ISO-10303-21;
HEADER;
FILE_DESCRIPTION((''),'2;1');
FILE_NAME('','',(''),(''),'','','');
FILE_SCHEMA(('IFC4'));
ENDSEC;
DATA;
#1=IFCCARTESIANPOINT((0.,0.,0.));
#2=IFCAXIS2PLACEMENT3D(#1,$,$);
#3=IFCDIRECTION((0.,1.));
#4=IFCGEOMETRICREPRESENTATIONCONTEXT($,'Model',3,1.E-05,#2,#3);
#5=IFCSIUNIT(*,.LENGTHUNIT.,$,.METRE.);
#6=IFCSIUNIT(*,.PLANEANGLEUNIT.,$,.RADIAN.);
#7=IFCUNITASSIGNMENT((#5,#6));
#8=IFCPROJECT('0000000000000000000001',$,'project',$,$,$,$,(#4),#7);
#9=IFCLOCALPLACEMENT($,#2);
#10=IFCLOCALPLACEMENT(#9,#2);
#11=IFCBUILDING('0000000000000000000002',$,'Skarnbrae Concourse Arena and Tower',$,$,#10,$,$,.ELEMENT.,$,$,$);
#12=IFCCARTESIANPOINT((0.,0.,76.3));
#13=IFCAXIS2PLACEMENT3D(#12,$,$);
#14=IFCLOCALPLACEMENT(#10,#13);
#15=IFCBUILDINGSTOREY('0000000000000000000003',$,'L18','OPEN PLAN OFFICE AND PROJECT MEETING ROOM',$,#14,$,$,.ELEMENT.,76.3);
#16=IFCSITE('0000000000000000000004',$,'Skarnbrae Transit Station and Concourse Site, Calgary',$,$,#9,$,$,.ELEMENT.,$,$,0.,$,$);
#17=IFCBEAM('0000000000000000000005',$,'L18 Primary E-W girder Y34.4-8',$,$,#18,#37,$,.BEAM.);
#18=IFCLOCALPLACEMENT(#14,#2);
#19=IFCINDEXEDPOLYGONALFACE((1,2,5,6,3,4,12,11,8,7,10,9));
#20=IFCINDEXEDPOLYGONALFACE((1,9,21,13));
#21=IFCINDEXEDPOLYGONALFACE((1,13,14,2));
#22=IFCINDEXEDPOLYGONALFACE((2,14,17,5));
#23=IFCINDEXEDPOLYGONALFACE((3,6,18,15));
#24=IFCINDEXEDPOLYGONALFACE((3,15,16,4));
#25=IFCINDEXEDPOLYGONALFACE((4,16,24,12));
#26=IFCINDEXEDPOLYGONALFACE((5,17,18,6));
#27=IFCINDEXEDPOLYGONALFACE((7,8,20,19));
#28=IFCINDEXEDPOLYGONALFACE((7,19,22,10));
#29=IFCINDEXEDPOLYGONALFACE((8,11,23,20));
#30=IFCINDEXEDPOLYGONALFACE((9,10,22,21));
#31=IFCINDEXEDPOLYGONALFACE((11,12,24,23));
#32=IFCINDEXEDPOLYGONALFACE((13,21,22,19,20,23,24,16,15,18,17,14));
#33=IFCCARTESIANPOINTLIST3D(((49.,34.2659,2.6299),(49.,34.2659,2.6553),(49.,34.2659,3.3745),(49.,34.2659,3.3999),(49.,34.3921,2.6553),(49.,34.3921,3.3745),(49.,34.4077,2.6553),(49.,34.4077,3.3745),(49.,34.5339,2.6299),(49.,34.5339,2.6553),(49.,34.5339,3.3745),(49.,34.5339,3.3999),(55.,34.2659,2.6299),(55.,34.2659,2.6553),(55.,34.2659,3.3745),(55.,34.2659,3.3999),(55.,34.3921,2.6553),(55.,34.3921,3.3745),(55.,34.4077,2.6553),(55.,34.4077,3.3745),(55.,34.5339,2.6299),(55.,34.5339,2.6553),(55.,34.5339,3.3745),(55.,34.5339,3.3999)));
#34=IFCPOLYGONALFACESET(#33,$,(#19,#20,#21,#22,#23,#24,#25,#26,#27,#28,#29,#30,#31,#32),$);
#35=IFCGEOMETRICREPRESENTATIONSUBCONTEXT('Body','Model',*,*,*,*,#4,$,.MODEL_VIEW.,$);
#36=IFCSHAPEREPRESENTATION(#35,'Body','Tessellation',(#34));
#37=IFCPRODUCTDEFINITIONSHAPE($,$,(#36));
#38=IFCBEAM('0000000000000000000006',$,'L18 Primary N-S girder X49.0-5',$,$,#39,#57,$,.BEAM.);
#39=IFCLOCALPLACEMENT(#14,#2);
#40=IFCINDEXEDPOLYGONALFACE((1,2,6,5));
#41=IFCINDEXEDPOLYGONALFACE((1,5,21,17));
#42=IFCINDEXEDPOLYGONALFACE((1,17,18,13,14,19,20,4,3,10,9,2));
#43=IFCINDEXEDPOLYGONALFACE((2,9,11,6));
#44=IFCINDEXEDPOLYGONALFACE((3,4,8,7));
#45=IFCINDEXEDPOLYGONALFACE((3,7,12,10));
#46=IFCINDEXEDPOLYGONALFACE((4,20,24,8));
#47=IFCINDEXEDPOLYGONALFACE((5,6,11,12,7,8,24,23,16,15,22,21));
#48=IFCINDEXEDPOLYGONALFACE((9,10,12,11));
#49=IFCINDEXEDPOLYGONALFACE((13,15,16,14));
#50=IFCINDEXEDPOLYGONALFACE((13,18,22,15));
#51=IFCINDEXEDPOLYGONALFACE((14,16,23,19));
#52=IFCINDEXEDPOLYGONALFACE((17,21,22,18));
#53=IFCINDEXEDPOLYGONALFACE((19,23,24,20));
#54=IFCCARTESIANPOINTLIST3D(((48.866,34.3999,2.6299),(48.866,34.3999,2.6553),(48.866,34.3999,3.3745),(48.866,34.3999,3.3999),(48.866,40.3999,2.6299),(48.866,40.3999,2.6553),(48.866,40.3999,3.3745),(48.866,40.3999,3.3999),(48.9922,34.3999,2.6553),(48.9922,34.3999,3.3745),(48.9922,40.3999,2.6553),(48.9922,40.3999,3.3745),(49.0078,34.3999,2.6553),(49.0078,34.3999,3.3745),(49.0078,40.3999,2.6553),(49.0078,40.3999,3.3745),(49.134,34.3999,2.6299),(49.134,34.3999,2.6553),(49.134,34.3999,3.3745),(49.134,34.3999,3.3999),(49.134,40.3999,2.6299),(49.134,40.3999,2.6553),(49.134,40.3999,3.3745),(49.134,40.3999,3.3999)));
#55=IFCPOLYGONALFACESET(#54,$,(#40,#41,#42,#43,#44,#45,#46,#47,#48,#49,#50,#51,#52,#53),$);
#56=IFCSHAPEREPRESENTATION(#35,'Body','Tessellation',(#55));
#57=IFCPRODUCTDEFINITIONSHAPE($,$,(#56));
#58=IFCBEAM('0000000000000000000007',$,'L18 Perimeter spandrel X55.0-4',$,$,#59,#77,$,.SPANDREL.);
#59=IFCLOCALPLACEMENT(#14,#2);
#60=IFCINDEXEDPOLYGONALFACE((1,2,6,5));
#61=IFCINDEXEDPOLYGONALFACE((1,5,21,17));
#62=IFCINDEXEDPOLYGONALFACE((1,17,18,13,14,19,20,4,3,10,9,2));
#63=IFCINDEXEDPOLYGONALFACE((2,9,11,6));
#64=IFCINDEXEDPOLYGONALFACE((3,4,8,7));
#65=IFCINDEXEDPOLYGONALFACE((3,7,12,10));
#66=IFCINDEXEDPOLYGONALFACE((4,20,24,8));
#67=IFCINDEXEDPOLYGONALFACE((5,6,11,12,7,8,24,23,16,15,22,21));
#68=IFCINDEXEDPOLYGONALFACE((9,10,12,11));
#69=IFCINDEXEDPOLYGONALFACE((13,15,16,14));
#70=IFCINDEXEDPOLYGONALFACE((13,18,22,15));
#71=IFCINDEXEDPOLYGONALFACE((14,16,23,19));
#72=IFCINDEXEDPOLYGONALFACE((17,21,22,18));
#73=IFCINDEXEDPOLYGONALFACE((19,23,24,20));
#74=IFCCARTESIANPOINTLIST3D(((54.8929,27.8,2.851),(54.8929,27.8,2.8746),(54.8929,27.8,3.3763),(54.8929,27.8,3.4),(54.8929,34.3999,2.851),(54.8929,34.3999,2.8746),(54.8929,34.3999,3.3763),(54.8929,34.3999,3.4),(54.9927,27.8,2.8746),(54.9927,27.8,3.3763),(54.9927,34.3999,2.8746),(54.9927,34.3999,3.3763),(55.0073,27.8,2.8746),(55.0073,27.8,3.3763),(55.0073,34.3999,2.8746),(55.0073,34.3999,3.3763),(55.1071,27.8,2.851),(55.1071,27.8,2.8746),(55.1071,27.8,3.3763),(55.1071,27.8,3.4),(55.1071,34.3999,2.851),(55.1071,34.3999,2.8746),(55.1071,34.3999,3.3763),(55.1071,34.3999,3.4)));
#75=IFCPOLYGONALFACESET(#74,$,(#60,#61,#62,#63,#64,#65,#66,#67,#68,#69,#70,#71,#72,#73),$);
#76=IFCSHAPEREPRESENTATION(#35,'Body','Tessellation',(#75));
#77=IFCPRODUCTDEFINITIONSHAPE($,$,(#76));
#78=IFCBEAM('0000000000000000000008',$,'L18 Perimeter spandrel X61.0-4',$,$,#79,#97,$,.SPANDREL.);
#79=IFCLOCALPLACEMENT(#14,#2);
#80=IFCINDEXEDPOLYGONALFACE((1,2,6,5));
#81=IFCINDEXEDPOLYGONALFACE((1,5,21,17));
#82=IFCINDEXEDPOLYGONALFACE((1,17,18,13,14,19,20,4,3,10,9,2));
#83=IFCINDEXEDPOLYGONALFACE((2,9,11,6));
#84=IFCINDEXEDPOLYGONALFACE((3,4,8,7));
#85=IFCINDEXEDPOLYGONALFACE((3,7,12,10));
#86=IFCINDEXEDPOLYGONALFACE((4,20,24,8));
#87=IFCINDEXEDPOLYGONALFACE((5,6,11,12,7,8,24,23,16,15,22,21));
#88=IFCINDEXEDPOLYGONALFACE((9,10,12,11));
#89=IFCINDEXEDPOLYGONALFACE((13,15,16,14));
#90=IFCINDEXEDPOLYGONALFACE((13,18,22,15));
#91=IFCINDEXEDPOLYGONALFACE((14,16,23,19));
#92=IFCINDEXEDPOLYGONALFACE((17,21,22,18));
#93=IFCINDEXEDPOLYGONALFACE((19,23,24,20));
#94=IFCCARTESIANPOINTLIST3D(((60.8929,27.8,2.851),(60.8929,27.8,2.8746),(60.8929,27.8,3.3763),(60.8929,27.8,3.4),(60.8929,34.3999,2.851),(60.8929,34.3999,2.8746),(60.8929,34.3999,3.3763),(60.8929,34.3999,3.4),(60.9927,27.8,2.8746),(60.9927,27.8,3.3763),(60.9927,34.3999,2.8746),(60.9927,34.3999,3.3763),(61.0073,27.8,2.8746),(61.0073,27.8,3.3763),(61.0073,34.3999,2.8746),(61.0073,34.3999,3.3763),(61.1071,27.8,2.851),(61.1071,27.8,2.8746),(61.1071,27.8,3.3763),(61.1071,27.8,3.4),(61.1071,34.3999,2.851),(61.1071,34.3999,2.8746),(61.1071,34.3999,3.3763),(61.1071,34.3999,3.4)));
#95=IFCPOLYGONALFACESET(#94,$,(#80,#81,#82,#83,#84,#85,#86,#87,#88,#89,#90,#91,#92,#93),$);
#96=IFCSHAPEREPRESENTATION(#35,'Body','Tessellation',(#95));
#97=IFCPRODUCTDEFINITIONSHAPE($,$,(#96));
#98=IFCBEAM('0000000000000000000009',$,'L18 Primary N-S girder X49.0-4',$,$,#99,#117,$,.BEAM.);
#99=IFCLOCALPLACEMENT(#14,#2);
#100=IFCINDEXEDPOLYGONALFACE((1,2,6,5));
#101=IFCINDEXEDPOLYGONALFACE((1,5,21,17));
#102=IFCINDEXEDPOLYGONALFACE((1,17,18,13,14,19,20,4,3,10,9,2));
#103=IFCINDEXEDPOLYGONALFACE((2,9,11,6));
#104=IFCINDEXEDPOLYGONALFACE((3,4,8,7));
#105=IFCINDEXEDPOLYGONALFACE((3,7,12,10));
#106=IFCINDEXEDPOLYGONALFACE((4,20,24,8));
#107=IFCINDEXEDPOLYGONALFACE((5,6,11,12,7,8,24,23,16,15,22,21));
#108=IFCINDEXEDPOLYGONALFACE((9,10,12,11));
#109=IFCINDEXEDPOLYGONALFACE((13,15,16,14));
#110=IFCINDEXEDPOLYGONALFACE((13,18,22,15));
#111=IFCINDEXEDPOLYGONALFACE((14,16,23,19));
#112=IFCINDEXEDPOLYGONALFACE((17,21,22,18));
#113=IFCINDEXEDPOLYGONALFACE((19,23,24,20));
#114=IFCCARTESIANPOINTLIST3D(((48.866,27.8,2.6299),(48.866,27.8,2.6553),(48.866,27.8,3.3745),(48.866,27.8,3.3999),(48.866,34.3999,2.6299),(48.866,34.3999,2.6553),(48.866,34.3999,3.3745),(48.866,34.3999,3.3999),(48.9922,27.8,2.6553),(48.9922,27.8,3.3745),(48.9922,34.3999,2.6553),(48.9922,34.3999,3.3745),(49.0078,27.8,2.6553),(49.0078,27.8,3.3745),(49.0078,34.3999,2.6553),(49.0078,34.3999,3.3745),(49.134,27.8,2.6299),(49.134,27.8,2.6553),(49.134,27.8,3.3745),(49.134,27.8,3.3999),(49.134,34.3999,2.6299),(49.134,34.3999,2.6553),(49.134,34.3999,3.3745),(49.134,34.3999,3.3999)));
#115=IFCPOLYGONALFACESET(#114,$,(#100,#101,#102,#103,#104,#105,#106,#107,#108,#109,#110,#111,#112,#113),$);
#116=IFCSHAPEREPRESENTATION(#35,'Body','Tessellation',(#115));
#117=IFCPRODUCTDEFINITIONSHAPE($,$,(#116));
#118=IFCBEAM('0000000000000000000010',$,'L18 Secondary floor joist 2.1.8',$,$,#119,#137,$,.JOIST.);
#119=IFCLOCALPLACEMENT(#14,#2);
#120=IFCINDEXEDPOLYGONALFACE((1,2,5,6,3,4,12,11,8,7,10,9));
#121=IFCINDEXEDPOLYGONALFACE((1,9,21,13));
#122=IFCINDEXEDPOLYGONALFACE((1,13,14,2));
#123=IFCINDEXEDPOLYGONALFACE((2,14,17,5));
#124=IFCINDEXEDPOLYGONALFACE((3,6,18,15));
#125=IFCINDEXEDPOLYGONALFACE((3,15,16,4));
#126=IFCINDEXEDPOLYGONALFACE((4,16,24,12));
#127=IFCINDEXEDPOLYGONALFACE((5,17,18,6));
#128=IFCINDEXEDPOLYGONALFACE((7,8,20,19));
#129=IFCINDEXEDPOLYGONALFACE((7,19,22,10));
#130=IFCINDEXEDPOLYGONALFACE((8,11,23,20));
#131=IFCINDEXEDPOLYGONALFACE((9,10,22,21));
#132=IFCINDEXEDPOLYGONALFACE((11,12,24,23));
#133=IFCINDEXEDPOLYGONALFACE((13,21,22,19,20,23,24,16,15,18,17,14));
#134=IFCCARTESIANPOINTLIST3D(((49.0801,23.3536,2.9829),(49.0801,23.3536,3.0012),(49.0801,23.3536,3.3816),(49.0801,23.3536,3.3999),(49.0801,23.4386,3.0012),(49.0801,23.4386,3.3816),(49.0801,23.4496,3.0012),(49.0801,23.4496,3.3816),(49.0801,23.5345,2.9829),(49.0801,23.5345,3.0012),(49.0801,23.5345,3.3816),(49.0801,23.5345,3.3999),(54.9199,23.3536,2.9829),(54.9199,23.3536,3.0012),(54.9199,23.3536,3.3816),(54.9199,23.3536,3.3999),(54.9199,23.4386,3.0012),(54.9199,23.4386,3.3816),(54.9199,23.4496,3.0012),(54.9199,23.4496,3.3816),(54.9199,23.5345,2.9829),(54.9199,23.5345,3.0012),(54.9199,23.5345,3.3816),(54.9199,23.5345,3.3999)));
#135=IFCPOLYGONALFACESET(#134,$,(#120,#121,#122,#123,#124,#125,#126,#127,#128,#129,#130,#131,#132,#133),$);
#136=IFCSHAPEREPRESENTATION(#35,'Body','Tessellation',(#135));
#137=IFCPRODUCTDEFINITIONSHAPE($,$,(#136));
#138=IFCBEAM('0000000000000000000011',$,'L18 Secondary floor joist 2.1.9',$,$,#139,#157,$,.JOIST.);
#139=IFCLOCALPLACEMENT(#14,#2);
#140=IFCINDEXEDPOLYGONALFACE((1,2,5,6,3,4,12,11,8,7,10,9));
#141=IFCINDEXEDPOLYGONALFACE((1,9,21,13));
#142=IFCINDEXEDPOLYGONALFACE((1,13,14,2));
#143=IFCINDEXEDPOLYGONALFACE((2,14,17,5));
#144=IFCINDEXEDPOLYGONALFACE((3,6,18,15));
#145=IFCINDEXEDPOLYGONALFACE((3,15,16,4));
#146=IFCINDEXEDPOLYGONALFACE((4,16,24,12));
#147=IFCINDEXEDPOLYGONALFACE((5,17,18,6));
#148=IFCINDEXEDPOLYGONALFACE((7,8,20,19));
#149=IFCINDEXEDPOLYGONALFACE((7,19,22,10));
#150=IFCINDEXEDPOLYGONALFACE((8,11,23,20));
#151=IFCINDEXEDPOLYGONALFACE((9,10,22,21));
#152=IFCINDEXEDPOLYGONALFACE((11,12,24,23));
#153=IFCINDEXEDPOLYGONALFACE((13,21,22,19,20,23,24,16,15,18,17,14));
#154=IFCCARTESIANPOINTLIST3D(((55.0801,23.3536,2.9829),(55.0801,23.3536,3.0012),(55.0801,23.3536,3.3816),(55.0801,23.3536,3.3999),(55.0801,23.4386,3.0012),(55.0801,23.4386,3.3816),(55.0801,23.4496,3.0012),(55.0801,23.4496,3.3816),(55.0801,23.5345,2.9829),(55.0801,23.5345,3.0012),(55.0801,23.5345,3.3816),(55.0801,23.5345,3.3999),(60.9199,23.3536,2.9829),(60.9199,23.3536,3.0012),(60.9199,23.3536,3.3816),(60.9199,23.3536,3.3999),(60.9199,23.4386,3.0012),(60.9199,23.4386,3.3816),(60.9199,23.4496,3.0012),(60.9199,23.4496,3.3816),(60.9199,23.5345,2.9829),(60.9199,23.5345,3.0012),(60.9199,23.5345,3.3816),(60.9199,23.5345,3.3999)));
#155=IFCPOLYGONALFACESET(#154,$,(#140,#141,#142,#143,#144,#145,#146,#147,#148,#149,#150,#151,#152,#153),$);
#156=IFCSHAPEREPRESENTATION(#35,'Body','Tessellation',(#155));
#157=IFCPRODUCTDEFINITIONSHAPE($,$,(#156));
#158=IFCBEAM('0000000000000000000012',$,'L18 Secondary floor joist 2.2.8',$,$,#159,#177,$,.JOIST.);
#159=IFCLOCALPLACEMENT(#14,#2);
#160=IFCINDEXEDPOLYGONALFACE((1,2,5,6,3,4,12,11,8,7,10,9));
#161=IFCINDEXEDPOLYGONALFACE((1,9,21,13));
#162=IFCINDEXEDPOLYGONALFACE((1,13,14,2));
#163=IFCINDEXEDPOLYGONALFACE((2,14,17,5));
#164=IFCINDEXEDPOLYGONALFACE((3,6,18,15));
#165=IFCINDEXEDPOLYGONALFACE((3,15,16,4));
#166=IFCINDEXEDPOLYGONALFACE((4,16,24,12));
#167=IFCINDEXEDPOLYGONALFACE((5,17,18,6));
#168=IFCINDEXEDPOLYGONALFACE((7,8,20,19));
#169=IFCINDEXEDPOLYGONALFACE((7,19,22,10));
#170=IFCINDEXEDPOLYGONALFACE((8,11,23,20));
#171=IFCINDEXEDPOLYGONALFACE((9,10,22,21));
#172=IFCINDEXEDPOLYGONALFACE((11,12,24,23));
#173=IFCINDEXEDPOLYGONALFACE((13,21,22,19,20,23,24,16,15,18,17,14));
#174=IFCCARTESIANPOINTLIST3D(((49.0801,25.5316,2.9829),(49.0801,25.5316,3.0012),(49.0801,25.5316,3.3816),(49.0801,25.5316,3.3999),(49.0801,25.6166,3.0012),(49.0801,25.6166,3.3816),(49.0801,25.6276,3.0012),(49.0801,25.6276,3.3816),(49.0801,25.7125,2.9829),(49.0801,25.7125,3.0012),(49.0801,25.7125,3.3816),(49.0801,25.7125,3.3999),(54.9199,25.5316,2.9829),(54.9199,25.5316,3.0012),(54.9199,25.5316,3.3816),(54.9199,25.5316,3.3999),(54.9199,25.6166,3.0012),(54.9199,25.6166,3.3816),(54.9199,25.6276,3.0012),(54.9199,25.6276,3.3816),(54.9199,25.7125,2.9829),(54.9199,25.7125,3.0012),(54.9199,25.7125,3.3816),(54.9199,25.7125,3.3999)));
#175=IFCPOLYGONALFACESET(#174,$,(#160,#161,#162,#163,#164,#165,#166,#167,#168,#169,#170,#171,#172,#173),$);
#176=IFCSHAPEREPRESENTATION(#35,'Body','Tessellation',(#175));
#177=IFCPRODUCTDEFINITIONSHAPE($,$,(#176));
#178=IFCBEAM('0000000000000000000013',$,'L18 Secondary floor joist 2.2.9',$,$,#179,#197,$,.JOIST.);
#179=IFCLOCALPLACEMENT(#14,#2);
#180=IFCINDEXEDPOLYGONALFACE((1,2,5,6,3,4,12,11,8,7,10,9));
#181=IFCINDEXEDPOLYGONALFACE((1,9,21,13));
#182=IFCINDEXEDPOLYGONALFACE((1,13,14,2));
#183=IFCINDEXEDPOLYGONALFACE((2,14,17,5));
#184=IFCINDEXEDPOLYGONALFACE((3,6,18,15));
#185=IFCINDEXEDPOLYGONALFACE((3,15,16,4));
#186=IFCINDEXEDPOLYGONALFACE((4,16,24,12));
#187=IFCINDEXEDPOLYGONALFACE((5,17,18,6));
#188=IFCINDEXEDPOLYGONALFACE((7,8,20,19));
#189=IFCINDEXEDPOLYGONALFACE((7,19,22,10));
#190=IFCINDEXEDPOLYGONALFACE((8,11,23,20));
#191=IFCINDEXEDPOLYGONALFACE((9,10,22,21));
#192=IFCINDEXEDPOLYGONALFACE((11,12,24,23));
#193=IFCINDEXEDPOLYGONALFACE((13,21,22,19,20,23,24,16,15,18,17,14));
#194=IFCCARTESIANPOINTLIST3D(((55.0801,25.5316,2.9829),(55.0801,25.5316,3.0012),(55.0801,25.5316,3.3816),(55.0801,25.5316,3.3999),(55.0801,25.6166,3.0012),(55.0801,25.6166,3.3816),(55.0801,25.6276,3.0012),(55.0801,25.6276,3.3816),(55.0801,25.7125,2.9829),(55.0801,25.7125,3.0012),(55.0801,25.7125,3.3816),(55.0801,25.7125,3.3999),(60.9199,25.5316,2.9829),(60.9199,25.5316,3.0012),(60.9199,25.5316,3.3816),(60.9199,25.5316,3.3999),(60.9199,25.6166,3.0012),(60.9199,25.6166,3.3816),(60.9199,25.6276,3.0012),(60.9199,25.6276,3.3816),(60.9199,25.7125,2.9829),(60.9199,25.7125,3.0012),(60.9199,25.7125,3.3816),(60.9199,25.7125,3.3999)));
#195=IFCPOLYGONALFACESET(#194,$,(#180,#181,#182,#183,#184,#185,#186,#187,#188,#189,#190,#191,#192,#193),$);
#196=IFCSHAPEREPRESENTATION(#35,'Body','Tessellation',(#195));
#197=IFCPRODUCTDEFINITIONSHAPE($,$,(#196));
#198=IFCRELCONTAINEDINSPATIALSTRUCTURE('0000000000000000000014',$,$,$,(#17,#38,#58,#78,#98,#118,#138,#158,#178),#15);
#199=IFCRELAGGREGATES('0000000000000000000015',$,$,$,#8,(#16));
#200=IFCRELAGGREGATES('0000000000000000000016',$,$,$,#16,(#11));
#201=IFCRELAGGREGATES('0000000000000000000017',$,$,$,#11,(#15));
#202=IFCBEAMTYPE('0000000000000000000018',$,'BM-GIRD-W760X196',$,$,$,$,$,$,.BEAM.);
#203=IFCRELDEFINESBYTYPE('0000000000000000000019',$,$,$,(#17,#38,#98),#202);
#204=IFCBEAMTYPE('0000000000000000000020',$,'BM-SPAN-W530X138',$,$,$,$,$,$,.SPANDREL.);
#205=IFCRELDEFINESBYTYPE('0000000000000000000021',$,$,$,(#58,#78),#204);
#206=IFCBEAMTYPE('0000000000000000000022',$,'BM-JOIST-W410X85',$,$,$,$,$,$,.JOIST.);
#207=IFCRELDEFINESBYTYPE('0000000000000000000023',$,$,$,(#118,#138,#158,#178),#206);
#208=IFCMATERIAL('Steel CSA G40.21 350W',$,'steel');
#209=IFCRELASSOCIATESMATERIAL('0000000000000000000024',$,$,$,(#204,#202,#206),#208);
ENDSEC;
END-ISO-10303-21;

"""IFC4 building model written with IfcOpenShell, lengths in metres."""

from ifc_helpers import new_model, si_unit, direction, frame, origin, origin_2d, place, context, subcontext, project, spatial, i_section, extrude, source, transform, mapped, material, material_profile, profile_set, type_object, element, save


model = new_model("IFC4")

# Units and contexts
model_context = context("Model", 3, precision=1e-05, world=origin(), true_north=direction((0.0, 1.0)))
body_context = subcontext(model_context, "Body", "Model", "MODEL_VIEW")
ifc_project = project(units=[si_unit("LENGTHUNIT", "METRE"), si_unit("PLANEANGLEUNIT", "RADIAN")], contexts=[model_context])

# Site, building, storey
site_placement = place(None, origin())
site = spatial("IfcSite", under=ifc_project, at=site_placement, Name="Skarnbrae Transit Station and Concourse Site, Calgary", CompositionType="ELEMENT", RefElevation=0.0)
building_placement = place(site_placement, origin())
building = spatial("IfcBuilding", under=site, at=building_placement, Name="Skarnbrae Concourse Arena and Tower", CompositionType="ELEMENT")
storey_placement = place(building_placement, frame((0.0, 0.0, 76.3)))
storey = spatial("IfcBuildingStorey", under=building, at=storey_placement, Name="L18", Description="OPEN PLAN OFFICE AND PROJECT MEETING ROOM", CompositionType="ELEMENT", Elevation=76.3)

# Shared definitions
ifc_material_1 = material(Name="Steel CSA G40.21 350W", Category="steel")

# Beams
ifc_material_profile_1 = material_profile(ifc_material_1, i_section(OverallWidth=0.2141, OverallDepth=0.5491, WebThickness=0.0146, FlangeThickness=0.0237, at=origin_2d()), Name="W530X138")
ifc_profile_set_1 = profile_set([ifc_material_profile_1], Name="Steel CSA G40.21 350W")
beam_type_1 = type_object("IfcBeamType", Name="BM-SPAN-W530X138", PredefinedType="SPANDREL", material=ifc_profile_set_1)
ifc_material_profile_2 = material_profile(ifc_material_1, i_section(OverallWidth=0.2681, OverallDepth=0.77, WebThickness=0.0156, FlangeThickness=0.0254, at=origin_2d()), Name="W760X196")
ifc_profile_set_2 = profile_set([ifc_material_profile_2], Name="Steel CSA G40.21 350W")
beam_type_2 = type_object("IfcBeamType", Name="BM-GIRD-W760X196", PredefinedType="BEAM", material=ifc_profile_set_2)
shared_shape_1 = source(origin(), body_context, "Body", "SweptSolid", [
    extrude(i_section(OverallWidth=0.2681, OverallDepth=0.77, WebThickness=0.0156, FlangeThickness=0.0254, at=origin_2d()), origin(), (0.0, 0.0, 1.0), 6.0),
])
for number, where, z_axis, x_axis, name in (
    (1, (49.0, 34.3999, 3.0149), (1.0, 0.0, 0.0), (0.0, 1.0, 0.0), "L18 Primary E-W girder Y34.4-8"),
    (2, (49.0, 34.3999, 3.0149), (0.0, 1.0, 0.0), (-1.0, 0.0, 0.0), "L18 Primary N-S girder X49.0-5"),
):
    element("IfcBeam", number, at=place(storey_placement, frame(where, z_axis=z_axis, x_axis=x_axis)), inside=storey, type_object=beam_type_2, Name=name, PredefinedType="BEAM", context=body_context, shape_type="MappedRepresentation", body=[
        mapped(shared_shape_1, transform((0.0, 0.0, 0.0))),
    ])
shared_shape_2 = source(origin(), body_context, "Body", "SweptSolid", [
    extrude(i_section(OverallWidth=0.2141, OverallDepth=0.5491, WebThickness=0.0146, FlangeThickness=0.0237, at=origin_2d()), origin(), (0.0, 0.0, 1.0), 6.5999),
])
for number, where, z_axis, x_axis, name in (
    (3, (55.0, 27.8, 3.1255), (0.0, 1.0, 0.0), (-1.0, 0.0, 0.0), "L18 Perimeter spandrel X55.0-4"),
    (4, (61.0, 27.8, 3.1255), (0.0, 1.0, 0.0), (-1.0, 0.0, 0.0), "L18 Perimeter spandrel X61.0-4"),
):
    element("IfcBeam", number, at=place(storey_placement, frame(where, z_axis=z_axis, x_axis=x_axis)), inside=storey, type_object=beam_type_1, Name=name, PredefinedType="SPANDREL", context=body_context, shape_type="MappedRepresentation", body=[
        mapped(shared_shape_2, transform((0.0, 0.0, 0.0))),
    ])
shared_shape_3 = source(origin(), body_context, "Body", "SweptSolid", [
    extrude(i_section(OverallWidth=0.2681, OverallDepth=0.77, WebThickness=0.0156, FlangeThickness=0.0254, at=origin_2d()), origin(), (0.0, 0.0, 1.0), 6.5999),
])
beam_placement = place(storey_placement, frame((49.0, 27.8, 3.0149), z_axis=(0.0, 1.0, 0.0), x_axis=(-1.0, 0.0, 0.0)))
element("IfcBeam", 5, at=beam_placement, inside=storey, type_object=beam_type_2, Name="L18 Primary N-S girder X49.0-4", PredefinedType="BEAM", context=body_context, shape_type="MappedRepresentation", body=[
    mapped(shared_shape_3, transform((0.0, 0.0, 0.0))),
])
ifc_material_profile_3 = material_profile(ifc_material_1, i_section(OverallWidth=0.1809, OverallDepth=0.417, WebThickness=0.011, FlangeThickness=0.0183, at=origin_2d()), Name="W410X85")
ifc_profile_set_3 = profile_set([ifc_material_profile_3], Name="Steel CSA G40.21 350W")
beam_type_3 = type_object("IfcBeamType", Name="BM-JOIST-W410X85", PredefinedType="JOIST", material=ifc_profile_set_3)
shared_shape_4 = source(origin(), body_context, "Body", "SweptSolid", [
    extrude(i_section(OverallWidth=0.1809, OverallDepth=0.417, WebThickness=0.011, FlangeThickness=0.0183, at=origin_2d()), origin(), (0.0, 0.0, 1.0), 5.8398),
])
for number, where, z_axis, x_axis, name in (
    (6, (49.0801, 23.4441, 3.1914), (1.0, 0.0, 0.0), (0.0, 1.0, 0.0), "L18 Secondary floor joist 2.1.8"),
    (7, (55.0801, 23.4441, 3.1914), (1.0, 0.0, 0.0), (0.0, 1.0, 0.0), "L18 Secondary floor joist 2.1.9"),
    (8, (49.0801, 25.6221, 3.1914), (1.0, 0.0, 0.0), (0.0, 1.0, 0.0), "L18 Secondary floor joist 2.2.8"),
    (9, (55.0801, 25.6221, 3.1914), (1.0, 0.0, 0.0), (0.0, 1.0, 0.0), "L18 Secondary floor joist 2.2.9"),
):
    element("IfcBeam", number, at=place(storey_placement, frame(where, z_axis=z_axis, x_axis=x_axis)), inside=storey, type_object=beam_type_3, Name=name, PredefinedType="JOIST", context=body_context, shape_type="MappedRepresentation", body=[
        mapped(shared_shape_4, transform((0.0, 0.0, 0.0))),
    ])

save(model, "model.ifc")
